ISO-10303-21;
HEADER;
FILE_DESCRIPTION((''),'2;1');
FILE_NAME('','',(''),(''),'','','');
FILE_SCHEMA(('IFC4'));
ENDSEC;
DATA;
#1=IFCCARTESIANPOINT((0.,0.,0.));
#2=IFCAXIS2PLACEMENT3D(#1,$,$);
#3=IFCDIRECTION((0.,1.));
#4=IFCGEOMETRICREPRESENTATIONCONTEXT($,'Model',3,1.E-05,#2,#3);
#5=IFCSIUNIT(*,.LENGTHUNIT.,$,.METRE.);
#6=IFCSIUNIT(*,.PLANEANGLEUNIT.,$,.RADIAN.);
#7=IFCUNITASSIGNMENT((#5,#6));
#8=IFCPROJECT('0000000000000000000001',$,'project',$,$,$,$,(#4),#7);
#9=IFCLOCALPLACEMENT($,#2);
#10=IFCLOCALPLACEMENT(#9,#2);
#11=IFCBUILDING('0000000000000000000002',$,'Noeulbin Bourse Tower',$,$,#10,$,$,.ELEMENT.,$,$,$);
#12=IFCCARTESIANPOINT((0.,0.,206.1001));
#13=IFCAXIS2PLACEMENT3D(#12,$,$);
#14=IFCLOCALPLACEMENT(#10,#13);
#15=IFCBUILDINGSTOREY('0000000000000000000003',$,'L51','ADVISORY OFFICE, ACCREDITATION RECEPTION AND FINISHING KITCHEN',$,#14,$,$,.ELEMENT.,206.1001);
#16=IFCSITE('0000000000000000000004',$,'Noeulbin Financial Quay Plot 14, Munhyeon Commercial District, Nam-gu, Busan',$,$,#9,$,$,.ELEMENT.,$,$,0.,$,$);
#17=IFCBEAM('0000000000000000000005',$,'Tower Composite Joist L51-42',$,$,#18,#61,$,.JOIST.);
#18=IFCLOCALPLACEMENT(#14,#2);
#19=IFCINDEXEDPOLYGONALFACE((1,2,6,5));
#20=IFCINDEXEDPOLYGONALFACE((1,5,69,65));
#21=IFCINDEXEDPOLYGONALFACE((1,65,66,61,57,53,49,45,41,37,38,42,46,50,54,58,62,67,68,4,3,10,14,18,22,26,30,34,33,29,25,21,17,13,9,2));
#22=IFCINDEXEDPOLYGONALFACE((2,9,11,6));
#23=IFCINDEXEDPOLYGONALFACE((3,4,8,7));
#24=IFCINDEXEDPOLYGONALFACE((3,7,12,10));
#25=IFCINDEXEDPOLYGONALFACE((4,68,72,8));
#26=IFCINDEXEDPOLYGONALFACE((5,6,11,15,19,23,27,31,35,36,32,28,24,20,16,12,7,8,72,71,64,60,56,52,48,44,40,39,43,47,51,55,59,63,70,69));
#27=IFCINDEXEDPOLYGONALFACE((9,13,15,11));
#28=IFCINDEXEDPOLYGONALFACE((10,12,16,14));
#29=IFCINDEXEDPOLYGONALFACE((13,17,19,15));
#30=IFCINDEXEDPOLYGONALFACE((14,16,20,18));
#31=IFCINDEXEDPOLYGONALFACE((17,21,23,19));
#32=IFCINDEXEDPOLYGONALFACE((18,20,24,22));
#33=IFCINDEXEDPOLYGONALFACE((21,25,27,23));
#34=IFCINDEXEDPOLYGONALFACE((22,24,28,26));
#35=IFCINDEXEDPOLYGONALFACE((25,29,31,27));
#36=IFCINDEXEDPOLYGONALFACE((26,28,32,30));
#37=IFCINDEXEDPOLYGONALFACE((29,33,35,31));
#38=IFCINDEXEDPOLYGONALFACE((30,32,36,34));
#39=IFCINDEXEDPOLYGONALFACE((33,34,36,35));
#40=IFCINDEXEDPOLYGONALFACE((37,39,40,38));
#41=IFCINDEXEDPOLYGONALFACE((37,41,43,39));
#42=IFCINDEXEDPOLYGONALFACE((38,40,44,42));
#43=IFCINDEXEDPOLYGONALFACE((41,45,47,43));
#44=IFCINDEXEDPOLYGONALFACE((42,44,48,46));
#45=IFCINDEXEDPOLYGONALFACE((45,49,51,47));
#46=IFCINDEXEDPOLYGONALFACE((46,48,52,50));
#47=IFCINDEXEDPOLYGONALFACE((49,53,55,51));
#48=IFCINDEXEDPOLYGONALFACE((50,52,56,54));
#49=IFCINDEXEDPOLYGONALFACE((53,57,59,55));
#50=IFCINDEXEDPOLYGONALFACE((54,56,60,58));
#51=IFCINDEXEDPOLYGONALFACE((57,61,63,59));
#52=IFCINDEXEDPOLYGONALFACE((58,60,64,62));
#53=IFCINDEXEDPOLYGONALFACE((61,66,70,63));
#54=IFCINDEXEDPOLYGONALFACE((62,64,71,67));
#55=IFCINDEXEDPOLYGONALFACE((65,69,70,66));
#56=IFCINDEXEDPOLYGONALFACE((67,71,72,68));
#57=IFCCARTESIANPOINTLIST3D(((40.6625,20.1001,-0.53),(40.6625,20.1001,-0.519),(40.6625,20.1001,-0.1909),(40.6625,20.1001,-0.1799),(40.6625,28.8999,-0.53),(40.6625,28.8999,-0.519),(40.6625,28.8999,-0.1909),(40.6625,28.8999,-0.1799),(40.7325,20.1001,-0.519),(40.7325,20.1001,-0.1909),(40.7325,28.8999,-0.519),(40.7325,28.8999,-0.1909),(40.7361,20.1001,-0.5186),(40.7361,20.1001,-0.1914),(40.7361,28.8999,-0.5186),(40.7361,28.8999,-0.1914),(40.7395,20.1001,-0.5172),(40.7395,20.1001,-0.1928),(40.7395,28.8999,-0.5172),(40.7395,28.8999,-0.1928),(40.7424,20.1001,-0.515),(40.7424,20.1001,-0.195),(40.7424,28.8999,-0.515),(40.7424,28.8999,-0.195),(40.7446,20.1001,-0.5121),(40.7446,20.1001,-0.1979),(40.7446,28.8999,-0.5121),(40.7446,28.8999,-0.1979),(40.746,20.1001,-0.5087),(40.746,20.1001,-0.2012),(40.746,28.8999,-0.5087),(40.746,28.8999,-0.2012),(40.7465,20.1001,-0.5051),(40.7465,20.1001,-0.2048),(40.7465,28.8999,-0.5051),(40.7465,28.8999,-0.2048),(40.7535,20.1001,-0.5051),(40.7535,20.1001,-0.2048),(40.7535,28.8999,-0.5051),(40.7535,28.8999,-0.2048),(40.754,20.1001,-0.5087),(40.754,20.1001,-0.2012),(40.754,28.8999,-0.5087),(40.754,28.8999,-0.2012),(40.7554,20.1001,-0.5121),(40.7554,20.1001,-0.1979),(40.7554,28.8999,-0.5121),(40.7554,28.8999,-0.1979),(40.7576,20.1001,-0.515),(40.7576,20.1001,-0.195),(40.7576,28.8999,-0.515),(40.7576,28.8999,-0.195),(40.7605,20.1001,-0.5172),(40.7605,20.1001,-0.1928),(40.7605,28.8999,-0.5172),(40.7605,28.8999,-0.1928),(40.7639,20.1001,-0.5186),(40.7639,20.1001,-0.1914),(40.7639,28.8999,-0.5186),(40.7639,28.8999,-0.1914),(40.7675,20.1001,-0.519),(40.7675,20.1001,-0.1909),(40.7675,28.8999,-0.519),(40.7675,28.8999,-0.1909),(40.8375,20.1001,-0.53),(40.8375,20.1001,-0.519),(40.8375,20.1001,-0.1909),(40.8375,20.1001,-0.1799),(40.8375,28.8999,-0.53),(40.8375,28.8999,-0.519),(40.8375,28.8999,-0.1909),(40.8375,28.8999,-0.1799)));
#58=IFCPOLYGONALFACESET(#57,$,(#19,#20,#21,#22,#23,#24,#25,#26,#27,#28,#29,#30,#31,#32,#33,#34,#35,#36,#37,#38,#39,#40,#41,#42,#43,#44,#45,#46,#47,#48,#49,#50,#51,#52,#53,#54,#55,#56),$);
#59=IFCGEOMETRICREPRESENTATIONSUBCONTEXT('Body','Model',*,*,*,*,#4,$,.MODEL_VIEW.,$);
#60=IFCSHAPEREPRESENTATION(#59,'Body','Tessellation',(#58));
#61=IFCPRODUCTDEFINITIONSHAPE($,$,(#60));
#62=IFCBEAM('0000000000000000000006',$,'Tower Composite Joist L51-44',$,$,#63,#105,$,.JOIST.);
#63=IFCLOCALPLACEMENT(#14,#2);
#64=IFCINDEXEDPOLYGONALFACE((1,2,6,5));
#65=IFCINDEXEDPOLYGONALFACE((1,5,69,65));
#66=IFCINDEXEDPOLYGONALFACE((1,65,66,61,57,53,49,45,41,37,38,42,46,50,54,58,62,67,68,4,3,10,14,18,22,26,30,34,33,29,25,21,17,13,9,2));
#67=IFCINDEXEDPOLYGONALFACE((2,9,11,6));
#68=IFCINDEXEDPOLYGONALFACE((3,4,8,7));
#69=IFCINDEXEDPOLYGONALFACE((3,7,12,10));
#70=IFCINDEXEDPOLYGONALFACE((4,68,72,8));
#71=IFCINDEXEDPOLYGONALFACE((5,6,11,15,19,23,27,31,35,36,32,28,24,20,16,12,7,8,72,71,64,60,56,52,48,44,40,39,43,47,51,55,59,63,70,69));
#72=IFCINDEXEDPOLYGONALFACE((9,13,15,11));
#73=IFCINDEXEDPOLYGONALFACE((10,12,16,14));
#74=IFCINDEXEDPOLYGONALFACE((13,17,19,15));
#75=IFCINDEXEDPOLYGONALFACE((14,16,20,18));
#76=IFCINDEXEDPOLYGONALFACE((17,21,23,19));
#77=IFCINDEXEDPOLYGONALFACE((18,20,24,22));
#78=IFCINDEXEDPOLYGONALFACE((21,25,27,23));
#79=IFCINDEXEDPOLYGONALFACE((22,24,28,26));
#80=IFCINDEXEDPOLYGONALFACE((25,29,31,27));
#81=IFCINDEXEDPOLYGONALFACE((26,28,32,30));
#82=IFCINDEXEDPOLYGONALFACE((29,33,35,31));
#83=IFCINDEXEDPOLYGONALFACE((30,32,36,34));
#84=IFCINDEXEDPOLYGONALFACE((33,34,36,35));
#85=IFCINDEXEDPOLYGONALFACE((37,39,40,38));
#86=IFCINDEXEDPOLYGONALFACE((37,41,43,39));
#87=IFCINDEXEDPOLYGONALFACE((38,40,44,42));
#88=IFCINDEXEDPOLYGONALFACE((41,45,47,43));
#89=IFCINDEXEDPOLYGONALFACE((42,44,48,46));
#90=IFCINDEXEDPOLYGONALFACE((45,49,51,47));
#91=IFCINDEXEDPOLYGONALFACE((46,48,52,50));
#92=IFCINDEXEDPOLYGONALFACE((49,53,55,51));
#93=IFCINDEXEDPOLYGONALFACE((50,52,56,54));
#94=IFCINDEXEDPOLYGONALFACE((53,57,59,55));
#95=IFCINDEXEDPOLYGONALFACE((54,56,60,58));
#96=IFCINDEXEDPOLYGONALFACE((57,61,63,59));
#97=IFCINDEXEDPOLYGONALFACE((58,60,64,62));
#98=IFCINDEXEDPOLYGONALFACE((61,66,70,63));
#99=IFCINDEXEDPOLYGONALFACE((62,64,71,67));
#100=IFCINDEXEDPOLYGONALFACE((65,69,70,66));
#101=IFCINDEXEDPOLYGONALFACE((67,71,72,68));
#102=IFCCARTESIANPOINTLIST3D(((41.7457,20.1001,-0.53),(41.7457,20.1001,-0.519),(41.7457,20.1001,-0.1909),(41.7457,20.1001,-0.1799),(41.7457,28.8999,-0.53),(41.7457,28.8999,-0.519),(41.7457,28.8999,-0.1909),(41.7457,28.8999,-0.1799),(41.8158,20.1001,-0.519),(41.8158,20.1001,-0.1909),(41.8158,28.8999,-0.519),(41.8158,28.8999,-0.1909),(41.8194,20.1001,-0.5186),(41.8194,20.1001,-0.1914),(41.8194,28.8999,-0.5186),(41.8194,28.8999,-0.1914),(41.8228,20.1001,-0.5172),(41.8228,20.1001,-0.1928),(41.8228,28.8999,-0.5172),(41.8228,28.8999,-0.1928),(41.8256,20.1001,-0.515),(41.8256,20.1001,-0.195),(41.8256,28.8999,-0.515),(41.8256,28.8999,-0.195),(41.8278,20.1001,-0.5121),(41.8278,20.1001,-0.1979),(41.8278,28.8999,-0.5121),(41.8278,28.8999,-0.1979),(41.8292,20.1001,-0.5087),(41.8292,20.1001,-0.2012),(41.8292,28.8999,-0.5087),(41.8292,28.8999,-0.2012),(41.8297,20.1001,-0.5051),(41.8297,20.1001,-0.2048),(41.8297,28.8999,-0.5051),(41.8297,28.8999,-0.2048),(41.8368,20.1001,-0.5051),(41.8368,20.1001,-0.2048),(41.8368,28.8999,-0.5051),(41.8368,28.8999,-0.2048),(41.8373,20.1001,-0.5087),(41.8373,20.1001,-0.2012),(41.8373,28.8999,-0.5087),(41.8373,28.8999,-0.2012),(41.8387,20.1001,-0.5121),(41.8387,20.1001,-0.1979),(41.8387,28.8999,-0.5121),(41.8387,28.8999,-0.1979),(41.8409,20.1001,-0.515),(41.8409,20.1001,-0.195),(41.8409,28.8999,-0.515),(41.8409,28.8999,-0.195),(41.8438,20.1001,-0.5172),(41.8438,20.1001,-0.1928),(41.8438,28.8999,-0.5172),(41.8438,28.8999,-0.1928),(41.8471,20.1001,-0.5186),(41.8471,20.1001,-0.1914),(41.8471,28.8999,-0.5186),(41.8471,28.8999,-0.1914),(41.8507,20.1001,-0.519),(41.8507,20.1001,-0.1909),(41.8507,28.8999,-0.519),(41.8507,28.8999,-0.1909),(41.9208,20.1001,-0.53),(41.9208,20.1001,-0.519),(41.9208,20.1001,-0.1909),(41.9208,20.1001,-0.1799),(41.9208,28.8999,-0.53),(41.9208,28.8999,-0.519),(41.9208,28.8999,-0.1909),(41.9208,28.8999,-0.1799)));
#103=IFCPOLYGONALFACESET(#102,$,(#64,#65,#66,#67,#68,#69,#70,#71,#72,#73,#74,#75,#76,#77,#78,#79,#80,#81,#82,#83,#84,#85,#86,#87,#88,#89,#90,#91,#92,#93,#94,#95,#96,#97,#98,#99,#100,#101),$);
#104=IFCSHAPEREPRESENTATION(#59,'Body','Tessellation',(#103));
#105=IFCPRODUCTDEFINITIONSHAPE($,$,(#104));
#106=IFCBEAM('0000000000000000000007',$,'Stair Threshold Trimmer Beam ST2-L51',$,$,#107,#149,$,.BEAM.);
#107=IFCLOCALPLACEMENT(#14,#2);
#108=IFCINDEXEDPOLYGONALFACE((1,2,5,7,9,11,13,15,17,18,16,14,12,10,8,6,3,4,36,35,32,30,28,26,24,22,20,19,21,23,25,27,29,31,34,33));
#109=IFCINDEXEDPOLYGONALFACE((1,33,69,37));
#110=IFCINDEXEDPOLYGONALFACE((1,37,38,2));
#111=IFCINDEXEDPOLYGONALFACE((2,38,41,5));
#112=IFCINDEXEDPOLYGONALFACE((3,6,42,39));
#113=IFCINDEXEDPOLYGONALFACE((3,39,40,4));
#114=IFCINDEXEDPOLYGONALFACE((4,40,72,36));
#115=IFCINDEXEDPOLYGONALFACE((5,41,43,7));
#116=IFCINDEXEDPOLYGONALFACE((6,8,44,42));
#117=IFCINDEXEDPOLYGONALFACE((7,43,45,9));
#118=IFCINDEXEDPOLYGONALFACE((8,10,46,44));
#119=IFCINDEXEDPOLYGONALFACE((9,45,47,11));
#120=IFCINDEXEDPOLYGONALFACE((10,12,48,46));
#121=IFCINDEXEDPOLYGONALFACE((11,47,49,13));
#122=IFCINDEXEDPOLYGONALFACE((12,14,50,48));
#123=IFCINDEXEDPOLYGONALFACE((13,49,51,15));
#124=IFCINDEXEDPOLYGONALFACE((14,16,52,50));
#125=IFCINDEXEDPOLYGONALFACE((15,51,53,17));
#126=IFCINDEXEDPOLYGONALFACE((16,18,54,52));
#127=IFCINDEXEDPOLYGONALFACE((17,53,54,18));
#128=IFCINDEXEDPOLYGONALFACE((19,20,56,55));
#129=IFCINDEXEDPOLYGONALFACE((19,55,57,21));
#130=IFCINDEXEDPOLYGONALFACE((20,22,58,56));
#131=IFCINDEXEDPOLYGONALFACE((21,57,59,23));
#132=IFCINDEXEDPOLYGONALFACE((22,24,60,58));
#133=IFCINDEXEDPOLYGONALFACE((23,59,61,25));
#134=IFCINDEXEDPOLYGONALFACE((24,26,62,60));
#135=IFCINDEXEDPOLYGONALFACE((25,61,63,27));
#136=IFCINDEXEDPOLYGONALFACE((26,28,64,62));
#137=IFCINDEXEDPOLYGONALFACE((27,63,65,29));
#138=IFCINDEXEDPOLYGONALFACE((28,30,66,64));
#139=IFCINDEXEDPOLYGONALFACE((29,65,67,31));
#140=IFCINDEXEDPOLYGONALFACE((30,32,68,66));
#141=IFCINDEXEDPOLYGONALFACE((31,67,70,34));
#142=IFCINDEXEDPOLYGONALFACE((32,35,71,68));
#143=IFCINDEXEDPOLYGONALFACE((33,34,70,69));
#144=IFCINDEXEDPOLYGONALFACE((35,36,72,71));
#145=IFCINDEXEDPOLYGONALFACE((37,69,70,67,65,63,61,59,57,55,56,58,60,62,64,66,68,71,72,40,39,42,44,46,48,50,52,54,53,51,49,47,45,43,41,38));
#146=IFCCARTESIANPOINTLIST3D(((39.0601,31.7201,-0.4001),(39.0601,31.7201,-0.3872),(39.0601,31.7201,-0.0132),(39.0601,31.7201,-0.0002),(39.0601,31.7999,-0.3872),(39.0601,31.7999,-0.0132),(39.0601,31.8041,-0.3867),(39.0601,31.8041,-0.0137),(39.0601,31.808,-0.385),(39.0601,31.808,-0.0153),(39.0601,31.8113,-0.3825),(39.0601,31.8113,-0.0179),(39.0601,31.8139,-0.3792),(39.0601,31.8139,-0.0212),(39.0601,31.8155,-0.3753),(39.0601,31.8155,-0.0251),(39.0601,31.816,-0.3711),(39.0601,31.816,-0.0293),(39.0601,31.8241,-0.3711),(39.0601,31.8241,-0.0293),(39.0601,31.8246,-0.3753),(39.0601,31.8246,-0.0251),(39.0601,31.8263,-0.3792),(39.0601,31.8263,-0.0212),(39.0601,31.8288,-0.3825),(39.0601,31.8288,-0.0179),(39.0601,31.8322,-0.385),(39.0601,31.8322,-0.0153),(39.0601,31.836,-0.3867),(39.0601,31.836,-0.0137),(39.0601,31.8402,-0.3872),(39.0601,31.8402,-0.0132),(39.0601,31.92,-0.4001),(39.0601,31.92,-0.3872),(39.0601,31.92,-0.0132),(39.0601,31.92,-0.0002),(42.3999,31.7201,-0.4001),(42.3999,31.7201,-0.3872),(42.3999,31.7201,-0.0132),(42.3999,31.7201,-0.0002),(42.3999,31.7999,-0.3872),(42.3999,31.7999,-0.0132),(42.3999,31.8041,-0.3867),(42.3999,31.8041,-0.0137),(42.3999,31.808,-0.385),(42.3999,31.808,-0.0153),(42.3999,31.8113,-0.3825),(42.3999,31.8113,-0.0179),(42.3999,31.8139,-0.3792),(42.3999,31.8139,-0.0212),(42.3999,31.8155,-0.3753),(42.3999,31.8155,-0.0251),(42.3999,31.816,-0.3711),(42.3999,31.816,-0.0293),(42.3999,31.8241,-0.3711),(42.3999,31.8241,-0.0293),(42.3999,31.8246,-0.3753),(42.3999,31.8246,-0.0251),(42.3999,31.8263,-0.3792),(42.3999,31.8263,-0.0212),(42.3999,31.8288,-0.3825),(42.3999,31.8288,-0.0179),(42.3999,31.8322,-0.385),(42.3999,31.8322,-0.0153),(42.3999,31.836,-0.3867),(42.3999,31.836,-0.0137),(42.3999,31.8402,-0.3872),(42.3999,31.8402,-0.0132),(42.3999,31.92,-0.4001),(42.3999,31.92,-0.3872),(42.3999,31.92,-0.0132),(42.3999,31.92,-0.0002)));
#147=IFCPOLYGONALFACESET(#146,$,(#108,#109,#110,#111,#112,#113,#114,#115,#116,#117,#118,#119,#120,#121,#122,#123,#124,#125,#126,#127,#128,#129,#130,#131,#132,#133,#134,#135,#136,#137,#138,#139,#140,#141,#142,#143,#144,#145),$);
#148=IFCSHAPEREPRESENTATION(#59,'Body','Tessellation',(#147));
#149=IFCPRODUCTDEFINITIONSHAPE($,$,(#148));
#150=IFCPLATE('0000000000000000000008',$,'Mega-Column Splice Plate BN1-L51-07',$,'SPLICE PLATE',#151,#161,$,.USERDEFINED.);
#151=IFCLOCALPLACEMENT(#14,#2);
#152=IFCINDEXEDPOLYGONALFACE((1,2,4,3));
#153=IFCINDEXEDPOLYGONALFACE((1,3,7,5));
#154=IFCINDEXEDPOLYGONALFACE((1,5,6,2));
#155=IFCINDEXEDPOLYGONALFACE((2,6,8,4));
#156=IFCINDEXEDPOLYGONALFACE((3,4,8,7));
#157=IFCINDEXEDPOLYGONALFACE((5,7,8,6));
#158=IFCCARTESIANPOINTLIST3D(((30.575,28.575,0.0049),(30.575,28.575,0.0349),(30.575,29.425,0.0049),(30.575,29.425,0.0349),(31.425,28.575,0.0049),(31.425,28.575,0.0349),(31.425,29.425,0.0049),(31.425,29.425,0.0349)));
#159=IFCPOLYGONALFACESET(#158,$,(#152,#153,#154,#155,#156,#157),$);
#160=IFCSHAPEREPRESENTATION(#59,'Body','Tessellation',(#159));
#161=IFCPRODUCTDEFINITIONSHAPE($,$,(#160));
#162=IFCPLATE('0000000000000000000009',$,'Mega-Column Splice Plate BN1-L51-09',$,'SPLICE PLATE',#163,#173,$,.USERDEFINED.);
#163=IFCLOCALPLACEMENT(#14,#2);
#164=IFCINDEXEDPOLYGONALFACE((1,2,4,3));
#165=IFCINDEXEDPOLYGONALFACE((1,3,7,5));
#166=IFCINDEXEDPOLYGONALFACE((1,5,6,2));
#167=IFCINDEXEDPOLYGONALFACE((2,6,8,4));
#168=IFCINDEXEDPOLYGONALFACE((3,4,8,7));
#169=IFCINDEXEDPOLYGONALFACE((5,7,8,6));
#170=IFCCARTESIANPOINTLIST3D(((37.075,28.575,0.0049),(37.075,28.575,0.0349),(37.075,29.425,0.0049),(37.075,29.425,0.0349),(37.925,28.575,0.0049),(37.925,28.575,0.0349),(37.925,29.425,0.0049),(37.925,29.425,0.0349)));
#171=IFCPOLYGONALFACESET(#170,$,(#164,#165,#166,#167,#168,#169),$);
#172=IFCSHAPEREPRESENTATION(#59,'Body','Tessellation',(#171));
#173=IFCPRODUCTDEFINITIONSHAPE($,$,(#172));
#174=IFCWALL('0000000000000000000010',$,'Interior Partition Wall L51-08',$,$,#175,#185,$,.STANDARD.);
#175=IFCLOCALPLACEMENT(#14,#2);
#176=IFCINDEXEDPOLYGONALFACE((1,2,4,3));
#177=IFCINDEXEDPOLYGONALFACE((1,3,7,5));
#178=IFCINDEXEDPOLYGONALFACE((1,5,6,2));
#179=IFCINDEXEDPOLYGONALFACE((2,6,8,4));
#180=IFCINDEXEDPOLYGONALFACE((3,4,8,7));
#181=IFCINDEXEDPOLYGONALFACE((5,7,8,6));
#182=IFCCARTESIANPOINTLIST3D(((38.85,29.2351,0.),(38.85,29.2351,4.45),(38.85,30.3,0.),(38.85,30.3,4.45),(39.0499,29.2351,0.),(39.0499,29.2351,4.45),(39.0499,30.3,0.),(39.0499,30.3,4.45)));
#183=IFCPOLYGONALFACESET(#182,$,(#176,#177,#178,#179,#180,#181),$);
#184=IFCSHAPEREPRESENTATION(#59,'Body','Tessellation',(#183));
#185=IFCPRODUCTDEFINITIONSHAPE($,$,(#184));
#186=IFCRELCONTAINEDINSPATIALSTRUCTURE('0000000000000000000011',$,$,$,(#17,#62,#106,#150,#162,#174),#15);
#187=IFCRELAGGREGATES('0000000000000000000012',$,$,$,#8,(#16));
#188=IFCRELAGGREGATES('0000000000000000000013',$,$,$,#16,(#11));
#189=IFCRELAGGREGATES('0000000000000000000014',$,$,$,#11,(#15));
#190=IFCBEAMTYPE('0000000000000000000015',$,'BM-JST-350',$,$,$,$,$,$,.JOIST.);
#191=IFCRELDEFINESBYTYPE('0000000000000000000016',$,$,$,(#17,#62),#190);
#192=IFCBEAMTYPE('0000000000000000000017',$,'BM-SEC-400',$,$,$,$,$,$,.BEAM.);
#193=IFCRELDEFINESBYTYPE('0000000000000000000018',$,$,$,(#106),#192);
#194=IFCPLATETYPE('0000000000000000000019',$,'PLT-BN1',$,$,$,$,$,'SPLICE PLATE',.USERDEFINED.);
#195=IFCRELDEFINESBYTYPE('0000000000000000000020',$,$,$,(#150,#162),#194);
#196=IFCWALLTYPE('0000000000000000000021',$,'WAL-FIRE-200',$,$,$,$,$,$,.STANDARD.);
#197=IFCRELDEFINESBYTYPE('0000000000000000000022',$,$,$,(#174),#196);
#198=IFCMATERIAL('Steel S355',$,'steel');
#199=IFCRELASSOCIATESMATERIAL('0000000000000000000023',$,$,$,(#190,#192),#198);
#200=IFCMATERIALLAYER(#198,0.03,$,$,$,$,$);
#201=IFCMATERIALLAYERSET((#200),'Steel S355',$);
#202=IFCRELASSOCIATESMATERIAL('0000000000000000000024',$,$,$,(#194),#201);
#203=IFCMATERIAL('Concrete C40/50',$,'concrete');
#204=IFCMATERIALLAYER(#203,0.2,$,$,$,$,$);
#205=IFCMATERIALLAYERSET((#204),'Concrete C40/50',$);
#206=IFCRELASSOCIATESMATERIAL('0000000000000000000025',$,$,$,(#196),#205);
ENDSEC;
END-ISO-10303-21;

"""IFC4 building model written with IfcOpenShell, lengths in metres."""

from ifc_helpers import new_model, si_unit, direction, frame, frame_2d, origin, origin_2d, place, context, subcontext, project, spatial, rectangle, i_section, extrude, material, layer, layer_set, material_profile, profile_set, type_object, element, save


model = new_model("IFC4")

# Units and contexts
model_context = context("Model", 3, precision=1e-05, world=origin(), true_north=direction((0.0, 1.0)))
body_context = subcontext(model_context, "Body", "Model", "MODEL_VIEW")
ifc_project = project(units=[si_unit("LENGTHUNIT", "METRE"), si_unit("PLANEANGLEUNIT", "RADIAN")], contexts=[model_context])

# Site, building, storey
site_placement = place(None, origin())
site = spatial("IfcSite", under=ifc_project, at=site_placement, Name="Noeulbin Financial Quay Plot 14, Munhyeon Commercial District, Nam-gu, Busan", CompositionType="ELEMENT", RefElevation=0.0)
building_placement = place(site_placement, origin())
building = spatial("IfcBuilding", under=site, at=building_placement, Name="Noeulbin Bourse Tower", CompositionType="ELEMENT")
storey_placement = place(building_placement, frame((0.0, 0.0, 206.1001)))
storey = spatial("IfcBuildingStorey", under=building, at=storey_placement, Name="L51", Description="ADVISORY OFFICE, ACCREDITATION RECEPTION AND FINISHING KITCHEN", CompositionType="ELEMENT", Elevation=206.1001)

# Shared definitions
ifc_material_1 = material(Name="Steel S355", Category="steel")

# Beams
ifc_material_profile_1 = material_profile(ifc_material_1, i_section(OverallWidth=0.175, OverallDepth=0.3501, WebThickness=0.0071, FlangeThickness=0.011, FilletRadius=0.0139, at=origin_2d()), Name="H-350x175x7x11", Category="LoadBearing")
ifc_profile_set_1 = profile_set([ifc_material_profile_1], Name="Steel S355")
beam_type_1 = type_object("IfcBeamType", Name="BM-JST-350", PredefinedType="JOIST", material=ifc_profile_set_1)
for number, where, z_axis, x_axis, name in (
    (1, (40.75, 20.1001, -0.355), (0.0, 1.0, 0.0), (-1.0, 0.0, 0.0), "Tower Composite Joist L51-42"),
    (2, (41.8333, 20.1001, -0.355), (0.0, 1.0, 0.0), (-1.0, 0.0, 0.0), "Tower Composite Joist L51-44"),
):
    element("IfcBeam", number, at=place(storey_placement, frame(where, z_axis=z_axis, x_axis=x_axis)), inside=storey, type_object=beam_type_1, Name=name, PredefinedType="JOIST", context=body_context, shape_type="SweptSolid", body=[
        extrude(i_section(OverallWidth=0.175, OverallDepth=0.3501, WebThickness=0.0071, FlangeThickness=0.011, FilletRadius=0.0139, at=origin_2d()), origin(), (0.0, 0.0, 1.0), 8.7998),
    ])
ifc_material_profile_2 = material_profile(ifc_material_1, i_section(OverallWidth=0.2, OverallDepth=0.3999, WebThickness=0.0081, FlangeThickness=0.0129, FilletRadius=0.0161, at=origin_2d()), Name="H-400x200x8x13", Category="LoadBearing")
ifc_profile_set_2 = profile_set([ifc_material_profile_2], Name="Steel S355")
beam_type_2 = type_object("IfcBeamType", Name="BM-SEC-400", PredefinedType="BEAM", material=ifc_profile_set_2)
beam_placement = place(storey_placement, frame((39.0601, 31.8201, -0.2002), z_axis=(1.0, 0.0, 0.0), x_axis=(0.0, 1.0, 0.0)))
element("IfcBeam", 3, at=beam_placement, inside=storey, type_object=beam_type_2, Name="Stair Threshold Trimmer Beam ST2-L51", PredefinedType="BEAM", context=body_context, shape_type="SweptSolid", body=[
    extrude(i_section(OverallWidth=0.2, OverallDepth=0.3999, WebThickness=0.0081, FlangeThickness=0.0129, FilletRadius=0.0161, at=origin_2d()), origin(), (0.0, 0.0, 1.0), 3.3398),
])

# Plates
ifc_layer_1 = layer(ifc_material_1, 0.03)
ifc_layer_set_1 = layer_set([ifc_layer_1], Name="Steel S355")
plate_type = type_object("IfcPlateType", Name="PLT-BN1", ElementType="SPLICE PLATE", PredefinedType="USERDEFINED", material=ifc_layer_set_1)
for number, where, z_axis, x_axis, name in (
    (4, (31.0, 29.0, 0.0049), (0.0, 0.0, 1.0), (1.0, 0.0, 0.0), "Mega-Column Splice Plate BN1-L51-07"),
    (5, (37.5, 29.0, 0.0049), (0.0, 0.0, 1.0), (1.0, 0.0, 0.0), "Mega-Column Splice Plate BN1-L51-09"),
):
    element("IfcPlate", number, at=place(storey_placement, frame(where, z_axis=z_axis, x_axis=x_axis)), inside=storey, type_object=plate_type, Name=name, ObjectType="SPLICE PLATE", PredefinedType="USERDEFINED", context=body_context, shape_type="SweptSolid", body=[
        extrude(rectangle(XDim=0.8501, YDim=0.8501, at=origin_2d()), origin(), (0.0, 0.0, 1.0), 0.03),
    ])

# Wall
ifc_material_2 = material(Name="Concrete C40/50", Category="concrete")
ifc_layer_2 = layer(ifc_material_2, 0.2)
ifc_layer_set_2 = layer_set([ifc_layer_2], Name="Concrete C40/50")
wall_type_1 = type_object("IfcWallType", Name="WAL-FIRE-200", PredefinedType="STANDARD", material=ifc_layer_set_2)
wall_1_placement = place(storey_placement, frame((38.95, 29.2351, 0.0), z_axis=(0.0, 0.0, 1.0), x_axis=(0.0, 1.0, 0.0)))
element("IfcWall", 6, at=wall_1_placement, inside=storey, type_object=wall_type_1, Name="Interior Partition Wall L51-08", PredefinedType="STANDARD", context=body_context, shape_type="SweptSolid", body=[
    extrude(rectangle(XDim=1.0649, YDim=0.2, at=frame_2d((0.5325, 0.0))), origin(), (0.0, 0.0, 1.0), 4.45),
])

save(model, "model.ifc")
